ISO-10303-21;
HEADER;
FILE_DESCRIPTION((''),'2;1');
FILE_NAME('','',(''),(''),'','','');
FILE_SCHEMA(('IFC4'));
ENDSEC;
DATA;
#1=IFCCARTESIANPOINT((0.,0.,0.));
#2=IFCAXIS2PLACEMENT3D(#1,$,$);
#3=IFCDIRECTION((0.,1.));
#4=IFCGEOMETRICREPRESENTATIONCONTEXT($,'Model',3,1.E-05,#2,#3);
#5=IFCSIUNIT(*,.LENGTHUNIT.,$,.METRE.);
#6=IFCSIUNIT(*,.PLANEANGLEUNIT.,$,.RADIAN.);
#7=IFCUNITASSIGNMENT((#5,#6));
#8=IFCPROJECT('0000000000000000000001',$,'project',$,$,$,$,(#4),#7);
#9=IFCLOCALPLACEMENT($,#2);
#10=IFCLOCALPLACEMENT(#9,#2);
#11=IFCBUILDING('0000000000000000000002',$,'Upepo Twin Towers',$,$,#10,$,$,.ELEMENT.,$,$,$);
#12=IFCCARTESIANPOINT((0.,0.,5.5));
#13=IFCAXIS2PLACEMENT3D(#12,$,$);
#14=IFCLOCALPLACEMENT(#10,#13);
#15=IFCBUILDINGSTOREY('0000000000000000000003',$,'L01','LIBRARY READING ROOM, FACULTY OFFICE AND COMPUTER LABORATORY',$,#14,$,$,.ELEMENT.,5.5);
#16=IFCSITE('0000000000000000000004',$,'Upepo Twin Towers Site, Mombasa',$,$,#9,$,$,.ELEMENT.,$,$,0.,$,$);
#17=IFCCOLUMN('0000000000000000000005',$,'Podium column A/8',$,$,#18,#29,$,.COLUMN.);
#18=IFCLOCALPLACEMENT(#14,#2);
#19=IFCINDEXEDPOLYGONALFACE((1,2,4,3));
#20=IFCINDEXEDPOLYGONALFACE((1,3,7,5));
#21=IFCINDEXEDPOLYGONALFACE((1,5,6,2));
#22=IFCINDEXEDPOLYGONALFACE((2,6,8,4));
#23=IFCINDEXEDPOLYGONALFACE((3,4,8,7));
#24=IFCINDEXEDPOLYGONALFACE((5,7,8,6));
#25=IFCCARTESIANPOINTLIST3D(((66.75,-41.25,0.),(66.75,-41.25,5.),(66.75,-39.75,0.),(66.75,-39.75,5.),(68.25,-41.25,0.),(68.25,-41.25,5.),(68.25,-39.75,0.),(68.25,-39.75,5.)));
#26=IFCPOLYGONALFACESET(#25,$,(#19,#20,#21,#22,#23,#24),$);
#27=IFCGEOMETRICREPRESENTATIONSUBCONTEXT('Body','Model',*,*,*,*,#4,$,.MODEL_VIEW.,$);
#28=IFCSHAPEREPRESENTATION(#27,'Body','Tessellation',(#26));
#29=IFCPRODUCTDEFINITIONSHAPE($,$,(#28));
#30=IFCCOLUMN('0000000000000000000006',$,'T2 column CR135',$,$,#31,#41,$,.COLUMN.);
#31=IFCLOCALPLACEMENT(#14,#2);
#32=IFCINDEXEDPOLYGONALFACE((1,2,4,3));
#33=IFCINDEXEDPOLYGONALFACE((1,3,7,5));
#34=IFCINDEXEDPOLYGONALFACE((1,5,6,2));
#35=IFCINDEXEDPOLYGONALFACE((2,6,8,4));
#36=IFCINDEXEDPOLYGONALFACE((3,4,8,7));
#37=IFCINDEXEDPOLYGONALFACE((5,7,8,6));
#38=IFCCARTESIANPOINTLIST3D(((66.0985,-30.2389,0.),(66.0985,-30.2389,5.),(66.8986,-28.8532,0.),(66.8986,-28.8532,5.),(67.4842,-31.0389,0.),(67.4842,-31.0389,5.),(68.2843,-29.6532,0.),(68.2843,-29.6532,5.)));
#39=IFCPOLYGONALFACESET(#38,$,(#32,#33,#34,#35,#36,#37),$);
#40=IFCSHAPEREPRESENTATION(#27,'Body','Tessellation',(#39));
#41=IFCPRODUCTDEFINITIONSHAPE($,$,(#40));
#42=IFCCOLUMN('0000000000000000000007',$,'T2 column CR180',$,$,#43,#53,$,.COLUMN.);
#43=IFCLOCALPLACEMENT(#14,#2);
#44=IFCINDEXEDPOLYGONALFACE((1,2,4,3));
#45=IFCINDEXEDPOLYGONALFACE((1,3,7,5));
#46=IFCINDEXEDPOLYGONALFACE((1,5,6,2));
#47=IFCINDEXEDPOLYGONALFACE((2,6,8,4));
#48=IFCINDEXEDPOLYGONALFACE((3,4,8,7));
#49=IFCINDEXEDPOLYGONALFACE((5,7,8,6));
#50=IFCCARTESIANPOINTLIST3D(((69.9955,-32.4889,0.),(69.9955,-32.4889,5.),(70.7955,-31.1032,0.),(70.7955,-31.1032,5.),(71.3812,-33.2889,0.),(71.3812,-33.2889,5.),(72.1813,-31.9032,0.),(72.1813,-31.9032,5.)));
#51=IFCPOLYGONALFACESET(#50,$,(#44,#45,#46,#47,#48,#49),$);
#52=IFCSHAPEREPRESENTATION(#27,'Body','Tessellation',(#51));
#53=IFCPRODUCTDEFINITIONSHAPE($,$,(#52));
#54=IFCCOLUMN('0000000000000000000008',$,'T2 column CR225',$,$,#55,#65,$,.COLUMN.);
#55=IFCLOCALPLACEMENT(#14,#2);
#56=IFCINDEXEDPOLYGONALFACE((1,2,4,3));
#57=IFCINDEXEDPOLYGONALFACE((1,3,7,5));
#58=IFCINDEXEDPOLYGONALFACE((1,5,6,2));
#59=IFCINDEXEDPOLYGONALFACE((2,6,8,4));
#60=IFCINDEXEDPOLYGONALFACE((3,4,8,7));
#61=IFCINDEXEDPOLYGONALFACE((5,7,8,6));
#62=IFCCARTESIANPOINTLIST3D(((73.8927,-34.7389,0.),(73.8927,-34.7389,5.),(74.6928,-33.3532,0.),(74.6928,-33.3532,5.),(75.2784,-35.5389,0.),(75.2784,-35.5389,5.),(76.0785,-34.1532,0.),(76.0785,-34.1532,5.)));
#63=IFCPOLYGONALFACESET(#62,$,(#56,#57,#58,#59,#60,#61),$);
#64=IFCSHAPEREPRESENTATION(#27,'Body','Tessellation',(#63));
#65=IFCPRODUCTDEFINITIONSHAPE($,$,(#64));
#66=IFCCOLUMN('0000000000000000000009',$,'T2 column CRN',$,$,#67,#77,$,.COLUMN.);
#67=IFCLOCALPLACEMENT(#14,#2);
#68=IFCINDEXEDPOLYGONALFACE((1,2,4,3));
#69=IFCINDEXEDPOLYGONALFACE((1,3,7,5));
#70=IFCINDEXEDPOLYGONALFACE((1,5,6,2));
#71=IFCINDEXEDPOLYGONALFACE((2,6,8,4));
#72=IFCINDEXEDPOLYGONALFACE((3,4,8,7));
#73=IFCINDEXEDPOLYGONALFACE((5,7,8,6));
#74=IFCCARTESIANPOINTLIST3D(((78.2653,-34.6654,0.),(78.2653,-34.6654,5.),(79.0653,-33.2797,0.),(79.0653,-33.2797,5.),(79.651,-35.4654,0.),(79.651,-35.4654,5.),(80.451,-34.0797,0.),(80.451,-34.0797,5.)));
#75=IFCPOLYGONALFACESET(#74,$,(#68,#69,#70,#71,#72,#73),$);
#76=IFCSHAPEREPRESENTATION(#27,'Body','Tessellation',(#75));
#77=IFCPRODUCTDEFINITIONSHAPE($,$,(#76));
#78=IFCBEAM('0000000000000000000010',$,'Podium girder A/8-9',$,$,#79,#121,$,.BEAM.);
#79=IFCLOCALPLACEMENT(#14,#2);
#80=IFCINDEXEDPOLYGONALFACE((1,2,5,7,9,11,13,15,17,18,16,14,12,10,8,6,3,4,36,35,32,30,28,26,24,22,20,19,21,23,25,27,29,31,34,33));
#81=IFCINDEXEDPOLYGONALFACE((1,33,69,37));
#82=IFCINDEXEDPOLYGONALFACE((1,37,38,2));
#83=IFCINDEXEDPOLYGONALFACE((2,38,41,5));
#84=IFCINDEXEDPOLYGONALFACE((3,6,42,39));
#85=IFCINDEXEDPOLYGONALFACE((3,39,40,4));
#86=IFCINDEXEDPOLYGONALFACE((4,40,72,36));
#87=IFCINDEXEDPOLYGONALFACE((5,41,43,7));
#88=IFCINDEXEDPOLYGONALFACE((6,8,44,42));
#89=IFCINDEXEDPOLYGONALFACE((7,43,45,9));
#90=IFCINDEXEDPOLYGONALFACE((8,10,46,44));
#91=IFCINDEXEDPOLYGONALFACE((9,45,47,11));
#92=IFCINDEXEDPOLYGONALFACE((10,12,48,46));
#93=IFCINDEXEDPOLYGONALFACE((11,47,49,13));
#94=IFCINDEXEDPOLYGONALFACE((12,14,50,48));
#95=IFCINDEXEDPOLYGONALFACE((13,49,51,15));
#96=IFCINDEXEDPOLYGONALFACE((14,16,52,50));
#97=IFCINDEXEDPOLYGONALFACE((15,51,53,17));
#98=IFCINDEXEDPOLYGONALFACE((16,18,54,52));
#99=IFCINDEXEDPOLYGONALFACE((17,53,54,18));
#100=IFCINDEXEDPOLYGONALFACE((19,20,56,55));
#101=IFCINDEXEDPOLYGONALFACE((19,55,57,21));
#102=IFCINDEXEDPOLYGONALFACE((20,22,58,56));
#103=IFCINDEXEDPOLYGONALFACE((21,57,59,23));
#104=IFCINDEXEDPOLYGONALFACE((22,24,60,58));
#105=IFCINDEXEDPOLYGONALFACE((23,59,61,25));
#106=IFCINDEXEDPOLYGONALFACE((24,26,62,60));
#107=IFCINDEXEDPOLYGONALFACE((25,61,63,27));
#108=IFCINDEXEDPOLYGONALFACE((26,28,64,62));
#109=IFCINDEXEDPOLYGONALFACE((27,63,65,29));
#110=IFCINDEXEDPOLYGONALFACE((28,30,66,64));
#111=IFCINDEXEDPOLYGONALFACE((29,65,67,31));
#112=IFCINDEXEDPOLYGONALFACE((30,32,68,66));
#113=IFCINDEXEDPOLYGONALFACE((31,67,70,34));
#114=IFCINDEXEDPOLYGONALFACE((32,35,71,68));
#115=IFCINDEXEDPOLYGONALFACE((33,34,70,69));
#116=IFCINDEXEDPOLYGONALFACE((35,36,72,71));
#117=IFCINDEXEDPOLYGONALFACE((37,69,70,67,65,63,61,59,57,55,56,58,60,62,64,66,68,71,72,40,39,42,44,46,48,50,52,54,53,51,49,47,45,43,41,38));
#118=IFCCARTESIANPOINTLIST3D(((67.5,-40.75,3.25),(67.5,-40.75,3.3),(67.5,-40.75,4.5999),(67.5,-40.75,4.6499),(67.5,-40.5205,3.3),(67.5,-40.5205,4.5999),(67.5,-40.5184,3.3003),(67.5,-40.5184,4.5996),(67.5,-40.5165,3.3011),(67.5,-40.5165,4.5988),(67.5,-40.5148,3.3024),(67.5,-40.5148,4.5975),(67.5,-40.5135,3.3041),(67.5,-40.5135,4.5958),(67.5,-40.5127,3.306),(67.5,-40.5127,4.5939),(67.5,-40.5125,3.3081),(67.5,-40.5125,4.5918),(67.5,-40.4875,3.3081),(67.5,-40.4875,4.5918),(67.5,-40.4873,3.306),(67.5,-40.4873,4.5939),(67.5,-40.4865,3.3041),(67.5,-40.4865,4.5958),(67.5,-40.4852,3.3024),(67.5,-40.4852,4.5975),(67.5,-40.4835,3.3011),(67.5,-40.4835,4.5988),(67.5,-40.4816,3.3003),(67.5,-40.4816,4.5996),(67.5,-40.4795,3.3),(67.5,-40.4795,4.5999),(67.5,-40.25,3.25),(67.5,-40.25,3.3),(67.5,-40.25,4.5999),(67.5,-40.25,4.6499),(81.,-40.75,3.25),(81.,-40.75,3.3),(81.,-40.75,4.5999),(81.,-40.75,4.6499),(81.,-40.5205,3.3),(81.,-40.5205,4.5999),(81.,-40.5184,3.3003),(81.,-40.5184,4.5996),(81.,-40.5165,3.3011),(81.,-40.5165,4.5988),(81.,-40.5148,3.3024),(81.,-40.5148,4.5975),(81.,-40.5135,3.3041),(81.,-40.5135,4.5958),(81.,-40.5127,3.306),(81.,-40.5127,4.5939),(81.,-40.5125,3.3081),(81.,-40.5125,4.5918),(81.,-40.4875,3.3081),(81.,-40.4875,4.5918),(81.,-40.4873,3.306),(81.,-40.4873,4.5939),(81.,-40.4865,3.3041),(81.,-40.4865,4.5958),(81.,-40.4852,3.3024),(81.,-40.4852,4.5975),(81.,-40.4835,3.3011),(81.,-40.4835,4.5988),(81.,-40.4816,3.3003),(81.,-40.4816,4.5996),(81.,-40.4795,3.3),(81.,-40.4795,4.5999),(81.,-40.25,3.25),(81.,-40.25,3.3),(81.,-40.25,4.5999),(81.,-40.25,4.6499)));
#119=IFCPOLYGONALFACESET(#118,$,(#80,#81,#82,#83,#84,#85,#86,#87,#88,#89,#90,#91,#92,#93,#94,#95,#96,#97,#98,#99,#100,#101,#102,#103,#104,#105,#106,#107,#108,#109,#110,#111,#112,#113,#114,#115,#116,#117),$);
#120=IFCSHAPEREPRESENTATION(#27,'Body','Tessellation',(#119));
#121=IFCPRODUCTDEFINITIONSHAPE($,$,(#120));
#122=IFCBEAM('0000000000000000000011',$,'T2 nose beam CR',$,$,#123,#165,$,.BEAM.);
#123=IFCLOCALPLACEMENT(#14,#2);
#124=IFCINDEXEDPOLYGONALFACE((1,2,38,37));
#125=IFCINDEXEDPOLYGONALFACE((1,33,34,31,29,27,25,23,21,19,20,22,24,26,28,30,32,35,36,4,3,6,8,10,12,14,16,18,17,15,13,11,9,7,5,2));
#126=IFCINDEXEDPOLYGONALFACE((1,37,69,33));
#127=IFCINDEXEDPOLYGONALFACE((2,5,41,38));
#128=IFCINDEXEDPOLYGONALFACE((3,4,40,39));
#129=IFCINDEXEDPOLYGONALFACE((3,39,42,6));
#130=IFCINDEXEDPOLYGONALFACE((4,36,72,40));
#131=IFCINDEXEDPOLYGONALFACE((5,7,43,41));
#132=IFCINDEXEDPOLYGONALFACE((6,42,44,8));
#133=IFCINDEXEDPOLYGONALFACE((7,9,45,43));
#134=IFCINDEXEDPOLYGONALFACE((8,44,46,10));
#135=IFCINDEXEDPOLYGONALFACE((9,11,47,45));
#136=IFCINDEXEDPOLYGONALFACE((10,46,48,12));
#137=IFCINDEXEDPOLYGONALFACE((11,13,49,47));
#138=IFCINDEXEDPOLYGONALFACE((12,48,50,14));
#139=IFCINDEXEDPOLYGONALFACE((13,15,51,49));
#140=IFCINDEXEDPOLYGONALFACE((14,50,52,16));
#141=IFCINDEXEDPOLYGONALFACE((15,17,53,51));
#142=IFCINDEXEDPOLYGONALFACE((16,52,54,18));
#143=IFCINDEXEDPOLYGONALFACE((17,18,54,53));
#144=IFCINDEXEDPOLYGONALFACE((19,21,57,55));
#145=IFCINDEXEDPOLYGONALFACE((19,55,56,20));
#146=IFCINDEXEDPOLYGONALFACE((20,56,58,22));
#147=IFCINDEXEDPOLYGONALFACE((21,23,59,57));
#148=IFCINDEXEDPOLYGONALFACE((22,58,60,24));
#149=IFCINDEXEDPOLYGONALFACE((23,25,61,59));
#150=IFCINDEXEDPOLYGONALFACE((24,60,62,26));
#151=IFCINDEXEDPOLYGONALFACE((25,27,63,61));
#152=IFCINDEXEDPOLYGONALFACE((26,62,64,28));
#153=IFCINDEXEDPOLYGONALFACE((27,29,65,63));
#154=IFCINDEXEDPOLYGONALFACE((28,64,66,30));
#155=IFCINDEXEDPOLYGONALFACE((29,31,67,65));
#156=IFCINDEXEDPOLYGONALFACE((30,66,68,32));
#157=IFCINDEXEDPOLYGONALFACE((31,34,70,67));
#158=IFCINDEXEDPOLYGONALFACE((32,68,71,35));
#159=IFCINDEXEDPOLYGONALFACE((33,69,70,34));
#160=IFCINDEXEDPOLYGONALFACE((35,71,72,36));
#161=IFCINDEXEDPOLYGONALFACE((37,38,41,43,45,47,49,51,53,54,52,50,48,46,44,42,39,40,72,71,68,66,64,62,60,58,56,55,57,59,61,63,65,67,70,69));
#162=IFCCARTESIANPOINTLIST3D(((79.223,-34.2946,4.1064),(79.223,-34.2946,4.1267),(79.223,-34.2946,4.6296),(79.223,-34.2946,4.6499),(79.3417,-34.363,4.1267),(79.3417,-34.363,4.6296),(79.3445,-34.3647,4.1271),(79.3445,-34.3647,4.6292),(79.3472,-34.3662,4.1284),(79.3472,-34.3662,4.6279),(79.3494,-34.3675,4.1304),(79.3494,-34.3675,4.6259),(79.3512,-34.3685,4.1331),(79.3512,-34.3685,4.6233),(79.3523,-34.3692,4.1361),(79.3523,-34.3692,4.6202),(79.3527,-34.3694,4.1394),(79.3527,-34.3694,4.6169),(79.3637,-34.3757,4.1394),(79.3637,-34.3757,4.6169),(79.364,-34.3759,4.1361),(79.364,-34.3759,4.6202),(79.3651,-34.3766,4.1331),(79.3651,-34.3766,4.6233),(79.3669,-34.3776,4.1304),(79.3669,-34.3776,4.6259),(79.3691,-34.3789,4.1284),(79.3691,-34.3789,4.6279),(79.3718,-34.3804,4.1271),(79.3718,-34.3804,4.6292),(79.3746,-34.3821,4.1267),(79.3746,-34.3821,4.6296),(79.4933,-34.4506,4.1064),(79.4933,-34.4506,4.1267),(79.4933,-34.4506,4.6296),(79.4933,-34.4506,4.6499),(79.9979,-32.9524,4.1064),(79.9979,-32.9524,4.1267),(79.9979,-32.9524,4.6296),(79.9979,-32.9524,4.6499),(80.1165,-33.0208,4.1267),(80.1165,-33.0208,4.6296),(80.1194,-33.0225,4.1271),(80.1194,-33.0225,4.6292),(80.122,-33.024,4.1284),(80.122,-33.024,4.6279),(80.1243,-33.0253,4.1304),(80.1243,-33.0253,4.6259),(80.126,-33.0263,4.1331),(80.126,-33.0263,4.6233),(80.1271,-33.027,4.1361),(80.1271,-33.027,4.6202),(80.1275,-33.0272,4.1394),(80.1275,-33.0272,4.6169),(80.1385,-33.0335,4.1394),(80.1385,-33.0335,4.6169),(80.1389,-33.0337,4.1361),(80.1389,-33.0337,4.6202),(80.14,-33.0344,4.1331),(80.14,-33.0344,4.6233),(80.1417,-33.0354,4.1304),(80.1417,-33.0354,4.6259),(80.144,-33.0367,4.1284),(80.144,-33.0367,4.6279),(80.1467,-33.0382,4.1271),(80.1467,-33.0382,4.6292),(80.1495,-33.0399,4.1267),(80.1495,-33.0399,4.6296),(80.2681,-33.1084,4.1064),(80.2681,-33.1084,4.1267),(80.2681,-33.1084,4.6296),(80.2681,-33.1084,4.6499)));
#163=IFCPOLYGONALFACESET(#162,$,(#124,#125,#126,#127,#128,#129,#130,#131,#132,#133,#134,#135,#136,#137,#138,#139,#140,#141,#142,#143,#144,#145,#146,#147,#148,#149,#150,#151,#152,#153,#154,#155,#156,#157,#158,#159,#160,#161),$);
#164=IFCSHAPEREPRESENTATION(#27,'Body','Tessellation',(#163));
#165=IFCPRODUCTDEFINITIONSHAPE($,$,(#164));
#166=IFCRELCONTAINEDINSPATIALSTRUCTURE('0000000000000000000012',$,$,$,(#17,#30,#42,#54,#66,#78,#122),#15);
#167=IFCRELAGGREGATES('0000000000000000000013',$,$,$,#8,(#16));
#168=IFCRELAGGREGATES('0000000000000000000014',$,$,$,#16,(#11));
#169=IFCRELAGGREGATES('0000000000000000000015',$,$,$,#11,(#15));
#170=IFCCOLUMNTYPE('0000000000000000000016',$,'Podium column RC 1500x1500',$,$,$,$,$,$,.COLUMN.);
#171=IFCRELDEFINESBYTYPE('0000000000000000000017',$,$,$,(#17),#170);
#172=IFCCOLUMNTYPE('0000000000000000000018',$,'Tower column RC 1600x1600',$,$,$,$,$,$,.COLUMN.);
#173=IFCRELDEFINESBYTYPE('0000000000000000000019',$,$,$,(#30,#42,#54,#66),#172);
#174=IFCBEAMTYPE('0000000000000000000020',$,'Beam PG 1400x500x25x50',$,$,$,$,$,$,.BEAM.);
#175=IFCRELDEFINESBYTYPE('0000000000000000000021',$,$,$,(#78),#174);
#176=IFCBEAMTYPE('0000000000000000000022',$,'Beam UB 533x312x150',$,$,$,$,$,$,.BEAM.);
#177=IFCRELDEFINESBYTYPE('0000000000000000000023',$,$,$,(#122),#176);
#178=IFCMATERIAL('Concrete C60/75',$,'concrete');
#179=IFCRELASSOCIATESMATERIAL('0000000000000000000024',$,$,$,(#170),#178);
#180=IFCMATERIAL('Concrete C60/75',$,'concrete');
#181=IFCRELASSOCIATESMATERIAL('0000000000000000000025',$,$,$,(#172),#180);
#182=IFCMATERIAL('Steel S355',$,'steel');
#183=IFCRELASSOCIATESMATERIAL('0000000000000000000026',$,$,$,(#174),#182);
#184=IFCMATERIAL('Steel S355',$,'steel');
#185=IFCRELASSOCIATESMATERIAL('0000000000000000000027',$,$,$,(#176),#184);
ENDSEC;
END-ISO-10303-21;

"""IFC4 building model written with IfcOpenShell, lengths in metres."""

from ifc_helpers import new_model, si_unit, direction, frame, origin, origin_2d, place, context, subcontext, project, spatial, rectangle, i_section, extrude, material, material_profile, profile_set, type_object, element, save


model = new_model("IFC4")

# Units and contexts
model_context = context("Model", 3, precision=1e-05, world=origin(), true_north=direction((0.0, 1.0)))
body_context = subcontext(model_context, "Body", "Model", "MODEL_VIEW")
ifc_project = project(units=[si_unit("LENGTHUNIT", "METRE"), si_unit("PLANEANGLEUNIT", "RADIAN")], contexts=[model_context])

# Site, building, storey
site_placement = place(None, origin())
site = spatial("IfcSite", under=ifc_project, at=site_placement, Name="Upepo Twin Towers Site, Mombasa", CompositionType="ELEMENT", RefElevation=0.0)
building_placement = place(site_placement, origin())
building = spatial("IfcBuilding", under=site, at=building_placement, Name="Upepo Twin Towers", CompositionType="ELEMENT")
storey_placement = place(building_placement, frame((0.0, 0.0, 5.5)))
storey = spatial("IfcBuildingStorey", under=building, at=storey_placement, Name="L01", Description="LIBRARY READING ROOM, FACULTY OFFICE AND COMPUTER LABORATORY", CompositionType="ELEMENT", Elevation=5.5)

# Columns
ifc_material_1 = material(Name="Concrete C60/75", Category="concrete")
ifc_material_profile_1 = material_profile(ifc_material_1, rectangle(XDim=1.5, YDim=1.5, at=origin_2d()), Name="RC 1500x1500")
ifc_profile_set_1 = profile_set([ifc_material_profile_1], Name="Concrete C60/75")
column_type_1 = type_object("IfcColumnType", Name="Podium column RC 1500x1500", PredefinedType="COLUMN", material=ifc_profile_set_1)
column_placement = place(storey_placement, frame((67.5, -40.5, 0.0), z_axis=(0.0, 0.0, 1.0), x_axis=(1.0, 0.0, 0.0)))
element("IfcColumn", 1, at=column_placement, inside=storey, type_object=column_type_1, Name="Podium column A/8", PredefinedType="COLUMN", context=body_context, shape_type="SweptSolid", body=[
    extrude(rectangle(XDim=1.5, YDim=1.5, at=origin_2d()), origin(), (0.0, 0.0, 1.0), 5.0),
])
ifc_material_2 = material(Name="Concrete C60/75", Category="concrete")
ifc_material_profile_2 = material_profile(ifc_material_2, rectangle(XDim=1.6001, YDim=1.6001, at=origin_2d()), Name="RC 1600x1600")
ifc_profile_set_2 = profile_set([ifc_material_profile_2], Name="Concrete C60/75")
column_type_2 = type_object("IfcColumnType", Name="Tower column RC 1600x1600", PredefinedType="COLUMN", material=ifc_profile_set_2)
for number, where, z_axis, x_axis, name in (
    (2, (67.1914, -29.946, 0.0), (0.0, 0.0, 1.0), (0.5, 0.866025, 0.0), "T2 column CR135"),
    (3, (71.0884, -32.196, 0.0), (0.0, 0.0, 1.0), (0.5, 0.866025, 0.0), "T2 column CR180"),
    (4, (74.9856, -34.446, 0.0), (0.0, 0.0, 1.0), (0.5, 0.866025, 0.0), "T2 column CR225"),
    (5, (79.3582, -34.3726, 0.0), (0.0, 0.0, 1.0), (0.5, 0.866025, 0.0), "T2 column CRN"),
):
    element("IfcColumn", number, at=place(storey_placement, frame(where, z_axis=z_axis, x_axis=x_axis)), inside=storey, type_object=column_type_2, Name=name, PredefinedType="COLUMN", context=body_context, shape_type="SweptSolid", body=[
        extrude(rectangle(XDim=1.6001, YDim=1.6001, at=origin_2d()), origin(), (0.0, 0.0, 1.0), 5.0),
    ])

# Beams
ifc_material_3 = material(Name="Steel S355", Category="steel")
ifc_material_profile_3 = material_profile(ifc_material_3, i_section(OverallWidth=0.5, OverallDepth=1.3999, WebThickness=0.0249, FlangeThickness=0.05, FilletRadius=0.0081, at=origin_2d()), Name="PG 1400x500x25x50")
ifc_profile_set_3 = profile_set([ifc_material_profile_3], Name="Steel S355")
beam_type_1 = type_object("IfcBeamType", Name="Beam PG 1400x500x25x50", PredefinedType="BEAM", material=ifc_profile_set_3)
beam_1_placement = place(storey_placement, frame((67.5, -40.5, 3.95), z_axis=(1.0, 0.0, 0.0), x_axis=(0.0, 1.0, 0.0)))
element("IfcBeam", 6, at=beam_1_placement, inside=storey, type_object=beam_type_1, Name="Podium girder A/8-9", PredefinedType="BEAM", context=body_context, shape_type="SweptSolid", body=[
    extrude(i_section(OverallWidth=0.5, OverallDepth=1.3999, WebThickness=0.0249, FlangeThickness=0.05, FilletRadius=0.0081, at=origin_2d()), origin(), (0.0, 0.0, 1.0), 13.5),
])
ifc_material_4 = material(Name="Steel S355", Category="steel")
ifc_material_profile_4 = material_profile(ifc_material_4, i_section(OverallWidth=0.312, OverallDepth=0.5435, WebThickness=0.0127, FlangeThickness=0.0203, FilletRadius=0.0127, at=origin_2d()), Name="UB 533x312x150")
ifc_profile_set_4 = profile_set([ifc_material_profile_4], Name="Steel S355")
beam_type_2 = type_object("IfcBeamType", Name="Beam UB 533x312x150", PredefinedType="BEAM", material=ifc_profile_set_4)
beam_2_placement = place(storey_placement, frame((79.3582, -34.3726, 4.3782), z_axis=(0.499968, 0.866044, 0.0), x_axis=(-0.866044, 0.499968, 0.0)))
element("IfcBeam", 7, at=beam_2_placement, inside=storey, type_object=beam_type_2, Name="T2 nose beam CR", PredefinedType="BEAM", context=body_context, shape_type="SweptSolid", body=[
    extrude(i_section(OverallWidth=0.312, OverallDepth=0.5435, WebThickness=0.0127, FlangeThickness=0.0203, FilletRadius=0.0127, at=origin_2d()), origin(), (0.0, 0.0, 1.0), 1.5498),
])

save(model, "model.ifc")
